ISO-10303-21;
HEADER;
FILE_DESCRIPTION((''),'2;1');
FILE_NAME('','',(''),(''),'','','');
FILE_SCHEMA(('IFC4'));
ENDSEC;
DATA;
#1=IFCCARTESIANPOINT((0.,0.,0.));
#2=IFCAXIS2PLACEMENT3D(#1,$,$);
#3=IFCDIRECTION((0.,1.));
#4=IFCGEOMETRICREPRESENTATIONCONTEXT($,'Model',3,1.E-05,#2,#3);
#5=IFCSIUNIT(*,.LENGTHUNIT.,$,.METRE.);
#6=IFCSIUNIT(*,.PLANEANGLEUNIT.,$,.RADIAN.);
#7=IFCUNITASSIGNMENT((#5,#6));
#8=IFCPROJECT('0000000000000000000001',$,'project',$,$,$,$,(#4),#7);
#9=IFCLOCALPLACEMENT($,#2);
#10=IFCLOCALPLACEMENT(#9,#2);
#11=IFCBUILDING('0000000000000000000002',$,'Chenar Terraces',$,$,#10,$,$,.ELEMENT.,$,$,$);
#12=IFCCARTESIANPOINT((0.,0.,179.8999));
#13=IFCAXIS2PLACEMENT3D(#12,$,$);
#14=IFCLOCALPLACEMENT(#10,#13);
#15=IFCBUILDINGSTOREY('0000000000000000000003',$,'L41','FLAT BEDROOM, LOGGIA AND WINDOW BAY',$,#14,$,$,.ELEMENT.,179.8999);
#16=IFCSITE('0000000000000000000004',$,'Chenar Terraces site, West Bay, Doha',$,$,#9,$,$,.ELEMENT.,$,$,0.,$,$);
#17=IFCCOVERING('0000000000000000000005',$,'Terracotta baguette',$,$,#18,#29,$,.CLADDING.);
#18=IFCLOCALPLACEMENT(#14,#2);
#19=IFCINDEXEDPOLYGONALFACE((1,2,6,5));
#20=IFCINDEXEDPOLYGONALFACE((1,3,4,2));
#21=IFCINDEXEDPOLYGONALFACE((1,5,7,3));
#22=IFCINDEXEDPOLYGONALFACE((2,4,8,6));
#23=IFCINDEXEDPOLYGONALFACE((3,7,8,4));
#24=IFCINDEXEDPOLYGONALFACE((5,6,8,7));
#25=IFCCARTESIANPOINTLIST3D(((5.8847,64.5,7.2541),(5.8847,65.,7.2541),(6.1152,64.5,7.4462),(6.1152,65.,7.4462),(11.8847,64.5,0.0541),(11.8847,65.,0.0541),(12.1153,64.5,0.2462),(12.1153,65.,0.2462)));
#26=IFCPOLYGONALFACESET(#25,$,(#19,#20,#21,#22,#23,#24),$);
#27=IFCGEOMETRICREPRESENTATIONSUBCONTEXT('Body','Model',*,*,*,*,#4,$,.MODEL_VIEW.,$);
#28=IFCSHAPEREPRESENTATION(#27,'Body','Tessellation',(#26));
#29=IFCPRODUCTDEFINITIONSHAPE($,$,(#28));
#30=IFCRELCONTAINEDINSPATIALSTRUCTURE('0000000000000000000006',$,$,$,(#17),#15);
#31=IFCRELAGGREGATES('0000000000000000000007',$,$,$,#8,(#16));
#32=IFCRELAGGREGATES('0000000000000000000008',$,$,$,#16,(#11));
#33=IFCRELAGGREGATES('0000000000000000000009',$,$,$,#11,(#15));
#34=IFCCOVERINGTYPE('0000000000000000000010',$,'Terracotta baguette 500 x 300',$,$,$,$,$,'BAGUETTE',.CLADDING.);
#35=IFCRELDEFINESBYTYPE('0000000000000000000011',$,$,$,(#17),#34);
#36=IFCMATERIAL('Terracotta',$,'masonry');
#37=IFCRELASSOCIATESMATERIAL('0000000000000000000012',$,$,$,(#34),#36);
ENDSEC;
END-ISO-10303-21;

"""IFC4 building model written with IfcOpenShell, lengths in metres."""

from ifc_helpers import new_model, si_unit, direction, frame, origin, origin_2d, place, context, subcontext, project, spatial, rectangle, extrude, material, material_profile, profile_set, type_object, element, save


model = new_model("IFC4")

# Units and contexts
model_context = context("Model", 3, precision=1e-05, world=origin(), true_north=direction((0.0, 1.0)))
body_context = subcontext(model_context, "Body", "Model", "MODEL_VIEW")
ifc_project = project(units=[si_unit("LENGTHUNIT", "METRE"), si_unit("PLANEANGLEUNIT", "RADIAN")], contexts=[model_context])

# Site, building, storey
site_placement = place(None, origin())
site = spatial("IfcSite", under=ifc_project, at=site_placement, Name="Chenar Terraces site, West Bay, Doha", CompositionType="ELEMENT", RefElevation=0.0)
building_placement = place(site_placement, origin())
building = spatial("IfcBuilding", under=site, at=building_placement, Name="Chenar Terraces", CompositionType="ELEMENT")
storey_placement = place(building_placement, frame((0.0, 0.0, 179.8999)))
storey = spatial("IfcBuildingStorey", under=building, at=storey_placement, Name="L41", Description="FLAT BEDROOM, LOGGIA AND WINDOW BAY", CompositionType="ELEMENT", Elevation=179.8999)

# Covering
ifc_material_1 = material(Name="Terracotta", Category="masonry")
ifc_material_profile_1 = material_profile(ifc_material_1, rectangle(XDim=0.5, YDim=0.3, at=origin_2d()), Name="Terracotta baguette 500 x 300")
ifc_profile_set_1 = profile_set([ifc_material_profile_1], Name="Terracotta")
covering_type = type_object("IfcCoveringType", Name="Terracotta baguette 500 x 300", ElementType="BAGUETTE", PredefinedType="CLADDING", material=ifc_profile_set_1)
for number, where, z_axis, x_axis, name in (
    (1, (12.0, 64.75, 0.1501), (-0.640187, 0.0, 0.768219), (0.0, -1.0, 0.0), "Terracotta baguette"),
):
    element("IfcCovering", number, at=place(storey_placement, frame(where, z_axis=z_axis, x_axis=x_axis)), inside=storey, type_object=covering_type, Name=name, PredefinedType="CLADDING", context=body_context, shape_type="SweptSolid", body=[
        extrude(rectangle(XDim=0.5, YDim=0.3, at=origin_2d()), origin(), (0.0, 0.0, 1.0), 9.3723),
    ])

save(model, "model.ifc")
